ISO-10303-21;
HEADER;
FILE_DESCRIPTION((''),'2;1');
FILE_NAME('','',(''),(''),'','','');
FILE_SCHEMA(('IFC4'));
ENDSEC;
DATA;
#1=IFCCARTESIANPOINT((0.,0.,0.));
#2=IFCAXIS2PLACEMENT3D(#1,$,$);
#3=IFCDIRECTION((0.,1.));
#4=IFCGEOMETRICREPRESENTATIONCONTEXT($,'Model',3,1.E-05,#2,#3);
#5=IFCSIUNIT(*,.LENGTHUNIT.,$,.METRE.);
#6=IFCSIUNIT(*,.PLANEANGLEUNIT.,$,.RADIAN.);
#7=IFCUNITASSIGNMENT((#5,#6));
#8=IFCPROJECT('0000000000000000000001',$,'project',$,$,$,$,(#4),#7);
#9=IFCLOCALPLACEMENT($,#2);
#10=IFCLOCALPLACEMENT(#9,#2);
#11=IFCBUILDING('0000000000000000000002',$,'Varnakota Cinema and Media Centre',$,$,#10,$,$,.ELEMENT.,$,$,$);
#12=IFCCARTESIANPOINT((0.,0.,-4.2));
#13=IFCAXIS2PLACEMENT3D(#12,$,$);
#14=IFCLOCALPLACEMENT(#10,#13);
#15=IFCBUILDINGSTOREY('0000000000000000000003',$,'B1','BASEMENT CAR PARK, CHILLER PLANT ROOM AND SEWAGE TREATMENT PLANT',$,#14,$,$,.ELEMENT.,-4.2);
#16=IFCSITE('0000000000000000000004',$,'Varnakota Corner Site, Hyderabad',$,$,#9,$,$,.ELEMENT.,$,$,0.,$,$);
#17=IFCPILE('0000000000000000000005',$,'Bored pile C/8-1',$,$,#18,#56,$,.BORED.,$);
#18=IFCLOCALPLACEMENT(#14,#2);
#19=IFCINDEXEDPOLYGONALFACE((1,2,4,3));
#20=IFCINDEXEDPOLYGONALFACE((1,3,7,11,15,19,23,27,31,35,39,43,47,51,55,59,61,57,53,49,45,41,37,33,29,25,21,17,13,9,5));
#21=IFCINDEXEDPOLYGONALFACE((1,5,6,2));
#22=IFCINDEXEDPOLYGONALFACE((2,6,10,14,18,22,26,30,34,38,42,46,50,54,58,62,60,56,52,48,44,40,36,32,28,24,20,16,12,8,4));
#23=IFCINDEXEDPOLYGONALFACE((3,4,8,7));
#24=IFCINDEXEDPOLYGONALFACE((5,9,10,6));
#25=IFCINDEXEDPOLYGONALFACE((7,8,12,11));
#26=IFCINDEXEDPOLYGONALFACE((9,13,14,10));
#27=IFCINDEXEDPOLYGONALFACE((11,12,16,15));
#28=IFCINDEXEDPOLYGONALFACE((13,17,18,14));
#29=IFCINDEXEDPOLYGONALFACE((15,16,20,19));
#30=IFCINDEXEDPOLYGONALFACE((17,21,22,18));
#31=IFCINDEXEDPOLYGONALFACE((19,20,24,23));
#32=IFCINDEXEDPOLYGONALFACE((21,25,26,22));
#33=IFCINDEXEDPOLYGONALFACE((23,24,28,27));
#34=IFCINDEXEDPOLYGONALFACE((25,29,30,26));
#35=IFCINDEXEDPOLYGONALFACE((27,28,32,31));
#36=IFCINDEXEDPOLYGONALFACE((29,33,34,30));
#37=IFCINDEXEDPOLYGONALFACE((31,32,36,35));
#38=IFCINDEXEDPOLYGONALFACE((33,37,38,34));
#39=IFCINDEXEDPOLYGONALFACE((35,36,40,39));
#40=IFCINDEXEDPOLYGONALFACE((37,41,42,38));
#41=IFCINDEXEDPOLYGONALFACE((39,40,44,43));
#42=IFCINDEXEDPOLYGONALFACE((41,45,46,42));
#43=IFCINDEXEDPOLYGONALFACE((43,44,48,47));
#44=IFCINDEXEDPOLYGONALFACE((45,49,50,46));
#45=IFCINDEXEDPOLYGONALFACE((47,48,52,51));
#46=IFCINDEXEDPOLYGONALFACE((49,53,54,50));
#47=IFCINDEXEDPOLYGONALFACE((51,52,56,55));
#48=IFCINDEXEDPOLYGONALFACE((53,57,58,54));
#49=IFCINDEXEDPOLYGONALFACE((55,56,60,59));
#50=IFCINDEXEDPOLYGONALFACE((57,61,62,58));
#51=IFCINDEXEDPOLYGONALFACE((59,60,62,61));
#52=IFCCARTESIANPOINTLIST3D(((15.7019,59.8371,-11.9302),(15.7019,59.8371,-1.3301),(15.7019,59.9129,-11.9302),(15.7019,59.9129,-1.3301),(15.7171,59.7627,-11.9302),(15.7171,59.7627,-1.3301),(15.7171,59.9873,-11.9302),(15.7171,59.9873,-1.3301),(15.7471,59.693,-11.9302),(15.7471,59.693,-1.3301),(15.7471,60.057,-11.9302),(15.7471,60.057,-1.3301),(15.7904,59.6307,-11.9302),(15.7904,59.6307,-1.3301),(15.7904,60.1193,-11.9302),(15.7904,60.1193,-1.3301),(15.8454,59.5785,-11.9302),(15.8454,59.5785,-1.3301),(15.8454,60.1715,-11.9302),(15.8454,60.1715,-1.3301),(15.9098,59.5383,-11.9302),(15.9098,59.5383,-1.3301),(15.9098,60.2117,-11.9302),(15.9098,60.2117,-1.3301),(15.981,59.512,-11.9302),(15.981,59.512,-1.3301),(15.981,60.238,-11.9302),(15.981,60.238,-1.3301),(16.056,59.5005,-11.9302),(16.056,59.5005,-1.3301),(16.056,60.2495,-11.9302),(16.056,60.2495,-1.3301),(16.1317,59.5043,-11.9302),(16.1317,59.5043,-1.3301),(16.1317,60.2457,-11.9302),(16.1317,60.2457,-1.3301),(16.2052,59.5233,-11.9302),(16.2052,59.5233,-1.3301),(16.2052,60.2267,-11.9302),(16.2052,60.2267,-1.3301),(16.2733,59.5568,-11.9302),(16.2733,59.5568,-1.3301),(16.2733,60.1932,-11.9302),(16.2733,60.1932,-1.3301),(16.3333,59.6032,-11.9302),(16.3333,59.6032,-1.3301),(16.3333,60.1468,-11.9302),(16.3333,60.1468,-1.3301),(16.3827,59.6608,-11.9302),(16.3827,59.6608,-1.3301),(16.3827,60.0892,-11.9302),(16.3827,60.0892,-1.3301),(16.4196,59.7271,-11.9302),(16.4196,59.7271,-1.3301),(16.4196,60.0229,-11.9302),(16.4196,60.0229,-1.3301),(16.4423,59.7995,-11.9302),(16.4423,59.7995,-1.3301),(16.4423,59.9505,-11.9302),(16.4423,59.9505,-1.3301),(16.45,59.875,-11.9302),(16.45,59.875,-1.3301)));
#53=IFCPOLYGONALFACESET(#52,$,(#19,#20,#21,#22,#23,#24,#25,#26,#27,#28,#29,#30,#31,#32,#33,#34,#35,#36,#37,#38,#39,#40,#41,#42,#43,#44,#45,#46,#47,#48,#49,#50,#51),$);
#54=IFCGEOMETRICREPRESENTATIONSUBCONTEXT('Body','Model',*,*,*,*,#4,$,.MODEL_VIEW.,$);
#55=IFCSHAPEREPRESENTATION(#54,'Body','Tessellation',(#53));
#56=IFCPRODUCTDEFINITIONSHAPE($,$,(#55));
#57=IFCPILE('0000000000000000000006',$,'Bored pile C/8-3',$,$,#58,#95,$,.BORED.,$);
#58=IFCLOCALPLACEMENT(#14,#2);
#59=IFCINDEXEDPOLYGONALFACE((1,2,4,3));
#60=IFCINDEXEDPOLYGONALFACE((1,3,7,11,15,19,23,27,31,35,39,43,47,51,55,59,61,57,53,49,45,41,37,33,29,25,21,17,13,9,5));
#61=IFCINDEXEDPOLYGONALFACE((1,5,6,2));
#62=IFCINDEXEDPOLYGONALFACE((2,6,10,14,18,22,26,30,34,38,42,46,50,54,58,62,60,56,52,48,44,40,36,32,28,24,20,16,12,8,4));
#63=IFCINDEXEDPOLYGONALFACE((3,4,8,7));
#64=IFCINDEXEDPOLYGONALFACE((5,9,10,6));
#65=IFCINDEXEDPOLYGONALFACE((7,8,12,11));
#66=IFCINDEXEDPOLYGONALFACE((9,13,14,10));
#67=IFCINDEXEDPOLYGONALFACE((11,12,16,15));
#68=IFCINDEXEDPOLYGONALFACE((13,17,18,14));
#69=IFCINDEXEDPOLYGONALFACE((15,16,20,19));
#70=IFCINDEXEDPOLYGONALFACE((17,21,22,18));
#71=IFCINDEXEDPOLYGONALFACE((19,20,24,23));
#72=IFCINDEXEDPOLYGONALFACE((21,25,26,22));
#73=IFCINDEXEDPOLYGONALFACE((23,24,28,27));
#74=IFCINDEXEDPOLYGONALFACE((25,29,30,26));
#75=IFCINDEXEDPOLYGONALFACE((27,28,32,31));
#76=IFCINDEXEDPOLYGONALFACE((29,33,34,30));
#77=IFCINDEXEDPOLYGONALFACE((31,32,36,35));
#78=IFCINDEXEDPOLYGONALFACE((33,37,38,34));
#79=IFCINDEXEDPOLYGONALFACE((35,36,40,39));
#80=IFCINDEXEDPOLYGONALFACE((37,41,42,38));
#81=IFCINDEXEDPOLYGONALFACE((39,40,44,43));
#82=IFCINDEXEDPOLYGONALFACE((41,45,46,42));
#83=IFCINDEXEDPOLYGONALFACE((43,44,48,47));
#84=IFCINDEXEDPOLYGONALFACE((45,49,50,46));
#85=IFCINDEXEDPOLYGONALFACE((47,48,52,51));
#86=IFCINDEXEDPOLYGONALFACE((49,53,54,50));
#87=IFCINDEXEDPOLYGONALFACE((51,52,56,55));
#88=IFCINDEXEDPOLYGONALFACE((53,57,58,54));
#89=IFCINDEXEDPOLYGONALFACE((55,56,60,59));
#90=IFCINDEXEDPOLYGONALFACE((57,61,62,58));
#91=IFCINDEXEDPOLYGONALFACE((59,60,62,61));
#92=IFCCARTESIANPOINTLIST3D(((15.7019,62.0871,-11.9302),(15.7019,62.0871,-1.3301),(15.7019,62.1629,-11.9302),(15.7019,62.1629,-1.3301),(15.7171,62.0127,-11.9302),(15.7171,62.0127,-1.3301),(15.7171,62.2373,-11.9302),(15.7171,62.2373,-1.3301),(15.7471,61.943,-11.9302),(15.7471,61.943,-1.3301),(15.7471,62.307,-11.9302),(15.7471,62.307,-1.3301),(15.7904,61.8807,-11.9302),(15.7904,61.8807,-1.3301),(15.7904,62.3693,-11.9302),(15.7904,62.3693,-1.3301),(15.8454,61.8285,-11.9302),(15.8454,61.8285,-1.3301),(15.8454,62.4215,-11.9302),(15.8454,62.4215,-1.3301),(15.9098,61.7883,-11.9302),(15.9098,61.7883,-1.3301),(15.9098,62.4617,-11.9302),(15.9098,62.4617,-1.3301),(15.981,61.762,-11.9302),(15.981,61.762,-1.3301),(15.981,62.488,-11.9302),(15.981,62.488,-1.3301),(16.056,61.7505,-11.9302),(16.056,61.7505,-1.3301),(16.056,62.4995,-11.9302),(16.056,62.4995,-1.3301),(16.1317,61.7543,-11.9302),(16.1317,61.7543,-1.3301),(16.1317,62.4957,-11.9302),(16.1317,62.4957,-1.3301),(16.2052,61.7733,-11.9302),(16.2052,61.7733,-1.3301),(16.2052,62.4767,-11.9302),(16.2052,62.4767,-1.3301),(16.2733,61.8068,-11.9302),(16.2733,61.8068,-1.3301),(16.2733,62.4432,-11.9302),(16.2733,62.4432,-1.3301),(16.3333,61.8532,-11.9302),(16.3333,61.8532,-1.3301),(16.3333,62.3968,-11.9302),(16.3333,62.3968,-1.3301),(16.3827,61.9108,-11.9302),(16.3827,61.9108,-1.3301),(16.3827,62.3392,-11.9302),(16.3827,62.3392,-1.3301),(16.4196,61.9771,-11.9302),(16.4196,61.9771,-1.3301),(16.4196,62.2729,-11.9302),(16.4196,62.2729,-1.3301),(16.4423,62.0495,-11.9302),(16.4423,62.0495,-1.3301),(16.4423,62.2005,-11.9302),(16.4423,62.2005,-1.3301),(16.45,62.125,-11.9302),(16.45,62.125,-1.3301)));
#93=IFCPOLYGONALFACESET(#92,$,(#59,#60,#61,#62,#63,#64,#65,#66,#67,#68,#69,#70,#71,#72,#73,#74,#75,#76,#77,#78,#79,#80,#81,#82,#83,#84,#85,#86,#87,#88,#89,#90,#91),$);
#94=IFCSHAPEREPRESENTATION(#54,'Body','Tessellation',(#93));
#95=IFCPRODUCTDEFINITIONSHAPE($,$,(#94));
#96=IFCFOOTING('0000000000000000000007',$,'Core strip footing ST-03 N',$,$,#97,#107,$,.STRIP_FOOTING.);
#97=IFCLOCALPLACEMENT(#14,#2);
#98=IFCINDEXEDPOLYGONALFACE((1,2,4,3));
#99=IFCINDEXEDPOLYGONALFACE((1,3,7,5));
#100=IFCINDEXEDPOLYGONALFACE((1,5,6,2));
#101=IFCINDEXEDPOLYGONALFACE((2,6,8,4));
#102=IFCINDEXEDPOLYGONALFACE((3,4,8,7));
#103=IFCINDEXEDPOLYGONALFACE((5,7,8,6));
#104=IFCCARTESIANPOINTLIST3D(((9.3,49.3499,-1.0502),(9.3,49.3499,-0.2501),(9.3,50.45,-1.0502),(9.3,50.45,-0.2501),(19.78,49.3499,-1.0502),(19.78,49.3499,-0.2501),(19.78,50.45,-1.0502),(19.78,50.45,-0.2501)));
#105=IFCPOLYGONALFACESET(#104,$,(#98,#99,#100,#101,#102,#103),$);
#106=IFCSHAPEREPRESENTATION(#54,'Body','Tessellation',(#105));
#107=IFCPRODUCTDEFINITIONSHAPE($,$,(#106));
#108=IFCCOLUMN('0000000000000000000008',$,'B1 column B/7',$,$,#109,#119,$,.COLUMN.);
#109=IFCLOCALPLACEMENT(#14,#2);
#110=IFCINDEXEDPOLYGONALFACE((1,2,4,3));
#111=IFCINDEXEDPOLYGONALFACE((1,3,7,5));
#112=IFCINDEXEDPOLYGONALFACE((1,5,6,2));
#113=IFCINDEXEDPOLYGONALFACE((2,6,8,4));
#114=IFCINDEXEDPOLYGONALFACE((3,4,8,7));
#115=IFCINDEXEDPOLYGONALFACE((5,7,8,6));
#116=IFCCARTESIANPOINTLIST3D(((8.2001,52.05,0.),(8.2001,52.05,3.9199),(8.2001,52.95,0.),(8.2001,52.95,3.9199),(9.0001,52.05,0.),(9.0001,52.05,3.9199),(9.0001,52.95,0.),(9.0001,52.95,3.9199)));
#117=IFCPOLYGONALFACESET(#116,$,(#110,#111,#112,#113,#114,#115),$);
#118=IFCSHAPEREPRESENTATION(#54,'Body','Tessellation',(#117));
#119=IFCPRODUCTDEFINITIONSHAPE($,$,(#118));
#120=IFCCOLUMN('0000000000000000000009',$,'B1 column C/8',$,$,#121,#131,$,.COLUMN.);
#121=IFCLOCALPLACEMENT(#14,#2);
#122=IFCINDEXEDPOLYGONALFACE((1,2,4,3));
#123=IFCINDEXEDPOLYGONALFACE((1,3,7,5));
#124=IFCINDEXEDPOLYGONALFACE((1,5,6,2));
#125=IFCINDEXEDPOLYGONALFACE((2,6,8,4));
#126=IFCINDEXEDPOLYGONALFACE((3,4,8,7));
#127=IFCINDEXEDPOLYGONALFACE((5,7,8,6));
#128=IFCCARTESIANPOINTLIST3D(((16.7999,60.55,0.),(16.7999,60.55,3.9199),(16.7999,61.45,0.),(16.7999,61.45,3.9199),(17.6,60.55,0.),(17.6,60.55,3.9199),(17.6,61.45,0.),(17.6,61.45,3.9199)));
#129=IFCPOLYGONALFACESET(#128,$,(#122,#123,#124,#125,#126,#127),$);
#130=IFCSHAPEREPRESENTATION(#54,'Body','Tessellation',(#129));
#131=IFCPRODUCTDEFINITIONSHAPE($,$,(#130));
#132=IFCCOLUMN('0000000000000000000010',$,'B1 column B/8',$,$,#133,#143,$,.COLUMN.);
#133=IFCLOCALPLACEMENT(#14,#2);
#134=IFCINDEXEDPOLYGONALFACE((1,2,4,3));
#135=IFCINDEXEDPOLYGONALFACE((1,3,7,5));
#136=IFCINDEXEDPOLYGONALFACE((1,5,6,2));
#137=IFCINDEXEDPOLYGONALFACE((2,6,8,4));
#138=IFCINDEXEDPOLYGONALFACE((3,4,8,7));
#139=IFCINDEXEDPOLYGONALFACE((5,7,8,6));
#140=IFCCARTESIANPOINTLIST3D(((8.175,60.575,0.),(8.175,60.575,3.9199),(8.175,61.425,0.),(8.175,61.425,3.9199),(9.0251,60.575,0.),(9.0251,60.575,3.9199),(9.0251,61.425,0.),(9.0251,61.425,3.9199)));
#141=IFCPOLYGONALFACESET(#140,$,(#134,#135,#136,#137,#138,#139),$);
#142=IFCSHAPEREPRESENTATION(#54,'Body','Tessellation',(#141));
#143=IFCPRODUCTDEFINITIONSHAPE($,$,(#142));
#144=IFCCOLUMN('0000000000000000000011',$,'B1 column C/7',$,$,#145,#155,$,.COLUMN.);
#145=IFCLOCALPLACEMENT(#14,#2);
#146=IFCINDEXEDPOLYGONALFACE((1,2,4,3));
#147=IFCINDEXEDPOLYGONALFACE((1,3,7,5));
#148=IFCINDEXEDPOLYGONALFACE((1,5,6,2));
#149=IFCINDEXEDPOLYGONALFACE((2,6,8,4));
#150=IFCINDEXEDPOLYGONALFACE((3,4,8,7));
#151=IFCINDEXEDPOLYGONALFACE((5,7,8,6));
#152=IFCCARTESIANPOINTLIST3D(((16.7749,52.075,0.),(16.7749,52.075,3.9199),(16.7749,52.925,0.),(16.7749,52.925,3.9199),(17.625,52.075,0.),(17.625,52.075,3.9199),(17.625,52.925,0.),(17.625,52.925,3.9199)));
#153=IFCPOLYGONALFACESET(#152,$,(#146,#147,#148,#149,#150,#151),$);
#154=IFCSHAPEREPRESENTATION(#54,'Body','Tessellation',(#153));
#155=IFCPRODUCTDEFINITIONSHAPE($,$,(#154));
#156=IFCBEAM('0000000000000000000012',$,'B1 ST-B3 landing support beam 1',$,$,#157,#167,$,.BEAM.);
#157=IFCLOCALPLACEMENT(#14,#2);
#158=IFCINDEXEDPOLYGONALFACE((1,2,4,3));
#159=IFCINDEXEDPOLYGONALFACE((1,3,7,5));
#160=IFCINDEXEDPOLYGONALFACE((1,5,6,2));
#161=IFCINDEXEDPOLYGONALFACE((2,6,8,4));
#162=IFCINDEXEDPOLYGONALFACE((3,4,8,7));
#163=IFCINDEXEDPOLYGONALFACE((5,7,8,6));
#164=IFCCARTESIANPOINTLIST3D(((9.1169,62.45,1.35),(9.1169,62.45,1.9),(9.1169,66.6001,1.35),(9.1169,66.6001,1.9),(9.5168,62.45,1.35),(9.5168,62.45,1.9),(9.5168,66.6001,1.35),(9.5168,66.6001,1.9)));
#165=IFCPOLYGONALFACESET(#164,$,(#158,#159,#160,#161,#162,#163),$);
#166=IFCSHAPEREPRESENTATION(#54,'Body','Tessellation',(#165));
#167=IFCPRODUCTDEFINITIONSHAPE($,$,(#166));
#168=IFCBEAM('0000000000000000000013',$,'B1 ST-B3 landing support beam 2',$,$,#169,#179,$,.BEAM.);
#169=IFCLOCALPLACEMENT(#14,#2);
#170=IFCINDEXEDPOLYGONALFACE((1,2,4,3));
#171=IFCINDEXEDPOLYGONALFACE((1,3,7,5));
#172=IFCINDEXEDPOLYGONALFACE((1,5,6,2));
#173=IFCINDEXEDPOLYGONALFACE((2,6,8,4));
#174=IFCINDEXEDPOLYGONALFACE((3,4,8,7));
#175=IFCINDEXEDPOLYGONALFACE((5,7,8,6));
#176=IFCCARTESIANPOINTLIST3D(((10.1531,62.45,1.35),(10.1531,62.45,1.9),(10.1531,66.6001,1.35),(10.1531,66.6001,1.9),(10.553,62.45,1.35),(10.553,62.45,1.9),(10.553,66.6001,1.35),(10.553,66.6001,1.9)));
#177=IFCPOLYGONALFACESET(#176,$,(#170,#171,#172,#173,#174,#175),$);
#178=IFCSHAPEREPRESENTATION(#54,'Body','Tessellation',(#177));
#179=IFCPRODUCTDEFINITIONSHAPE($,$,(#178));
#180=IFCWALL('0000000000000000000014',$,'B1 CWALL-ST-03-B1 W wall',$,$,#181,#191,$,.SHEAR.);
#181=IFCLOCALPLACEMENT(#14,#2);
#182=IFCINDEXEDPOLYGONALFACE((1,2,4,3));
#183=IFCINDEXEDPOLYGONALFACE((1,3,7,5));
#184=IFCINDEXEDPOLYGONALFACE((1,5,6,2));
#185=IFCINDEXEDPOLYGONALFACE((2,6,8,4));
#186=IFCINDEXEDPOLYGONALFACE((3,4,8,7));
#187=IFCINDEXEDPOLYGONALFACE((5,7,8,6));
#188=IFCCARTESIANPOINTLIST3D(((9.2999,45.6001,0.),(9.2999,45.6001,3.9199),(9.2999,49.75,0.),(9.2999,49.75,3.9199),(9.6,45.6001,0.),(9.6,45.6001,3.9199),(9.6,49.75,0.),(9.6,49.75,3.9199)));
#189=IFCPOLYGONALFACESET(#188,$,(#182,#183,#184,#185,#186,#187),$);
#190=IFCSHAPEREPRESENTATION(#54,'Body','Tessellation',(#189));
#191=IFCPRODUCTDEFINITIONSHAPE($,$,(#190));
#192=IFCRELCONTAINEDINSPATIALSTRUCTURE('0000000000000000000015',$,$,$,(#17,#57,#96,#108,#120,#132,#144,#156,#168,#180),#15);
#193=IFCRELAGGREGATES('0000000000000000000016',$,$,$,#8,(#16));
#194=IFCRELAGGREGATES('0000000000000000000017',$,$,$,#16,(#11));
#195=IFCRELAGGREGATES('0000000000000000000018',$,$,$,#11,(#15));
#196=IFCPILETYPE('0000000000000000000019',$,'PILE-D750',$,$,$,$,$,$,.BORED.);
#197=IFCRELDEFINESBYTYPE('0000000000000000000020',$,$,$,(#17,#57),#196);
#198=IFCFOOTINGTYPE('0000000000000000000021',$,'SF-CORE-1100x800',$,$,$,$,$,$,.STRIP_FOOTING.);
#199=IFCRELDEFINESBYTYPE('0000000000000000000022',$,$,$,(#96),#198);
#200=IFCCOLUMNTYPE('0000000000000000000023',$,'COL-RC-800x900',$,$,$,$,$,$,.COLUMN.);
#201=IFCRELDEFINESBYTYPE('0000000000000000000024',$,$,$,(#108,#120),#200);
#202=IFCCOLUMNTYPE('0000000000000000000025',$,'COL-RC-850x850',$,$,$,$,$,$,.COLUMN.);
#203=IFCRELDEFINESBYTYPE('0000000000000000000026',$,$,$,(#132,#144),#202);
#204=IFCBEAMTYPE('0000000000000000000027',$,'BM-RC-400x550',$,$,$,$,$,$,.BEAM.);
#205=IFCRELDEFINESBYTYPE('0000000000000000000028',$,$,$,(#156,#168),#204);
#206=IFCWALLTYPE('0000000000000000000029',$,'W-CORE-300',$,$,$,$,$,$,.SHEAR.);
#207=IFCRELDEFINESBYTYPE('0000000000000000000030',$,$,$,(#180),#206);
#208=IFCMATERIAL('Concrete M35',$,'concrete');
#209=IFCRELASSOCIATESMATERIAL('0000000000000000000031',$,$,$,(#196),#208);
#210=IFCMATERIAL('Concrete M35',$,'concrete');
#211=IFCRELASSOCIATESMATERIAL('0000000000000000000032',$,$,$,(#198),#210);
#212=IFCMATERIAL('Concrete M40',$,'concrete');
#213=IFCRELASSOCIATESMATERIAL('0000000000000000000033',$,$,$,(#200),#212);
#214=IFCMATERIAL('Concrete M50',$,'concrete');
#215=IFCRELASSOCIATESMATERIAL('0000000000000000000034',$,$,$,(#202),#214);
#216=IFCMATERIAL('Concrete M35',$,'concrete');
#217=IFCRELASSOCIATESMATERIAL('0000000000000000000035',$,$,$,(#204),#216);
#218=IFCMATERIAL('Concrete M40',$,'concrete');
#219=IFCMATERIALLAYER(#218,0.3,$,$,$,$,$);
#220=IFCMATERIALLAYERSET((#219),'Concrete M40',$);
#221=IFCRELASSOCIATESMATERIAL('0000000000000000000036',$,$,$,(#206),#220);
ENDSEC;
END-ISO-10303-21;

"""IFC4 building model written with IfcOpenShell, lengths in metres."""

from ifc_helpers import new_model, si_unit, direction, frame, frame_2d, origin, origin_2d, place, context, subcontext, project, spatial, rectangle, circle, extrude, material, layer, layer_set, material_profile, profile_set, type_object, element, save


model = new_model("IFC4")

# Units and contexts
model_context = context("Model", 3, precision=1e-05, world=origin(), true_north=direction((0.0, 1.0)))
body_context = subcontext(model_context, "Body", "Model", "MODEL_VIEW")
ifc_project = project(units=[si_unit("LENGTHUNIT", "METRE"), si_unit("PLANEANGLEUNIT", "RADIAN")], contexts=[model_context])

# Site, building, storey
site_placement = place(None, origin())
site = spatial("IfcSite", under=ifc_project, at=site_placement, Name="Varnakota Corner Site, Hyderabad", CompositionType="ELEMENT", RefElevation=0.0)
building_placement = place(site_placement, origin())
building = spatial("IfcBuilding", under=site, at=building_placement, Name="Varnakota Cinema and Media Centre", CompositionType="ELEMENT")
storey_placement = place(building_placement, frame((0.0, 0.0, -4.2)))
storey = spatial("IfcBuildingStorey", under=building, at=storey_placement, Name="B1", Description="BASEMENT CAR PARK, CHILLER PLANT ROOM AND SEWAGE TREATMENT PLANT", CompositionType="ELEMENT", Elevation=-4.2)

# Piles
ifc_material_1 = material(Name="Concrete M35", Category="concrete")
ifc_material_profile_1 = material_profile(ifc_material_1, circle(Radius=0.375, at=origin_2d()), Name="PILE D750")
ifc_profile_set_1 = profile_set([ifc_material_profile_1], Name="Concrete M35")
pile_type_1 = type_object("IfcPileType", Name="PILE-D750", PredefinedType="BORED", material=ifc_profile_set_1)
for number, where, z_axis, x_axis, name in (
    (1, (16.075, 59.875, -1.3301), (0.0, 0.0, -1.0), (1.0, 0.0, 0.0), "Bored pile C/8-1"),
    (2, (16.075, 62.125, -1.3301), (0.0, 0.0, -1.0), (1.0, 0.0, 0.0), "Bored pile C/8-3"),
):
    element("IfcPile", number, at=place(storey_placement, frame(where, z_axis=z_axis, x_axis=x_axis)), inside=storey, type_object=pile_type_1, Name=name, PredefinedType="BORED", context=body_context, shape_type="SweptSolid", body=[
        extrude(circle(Radius=0.375, at=origin_2d()), origin(), (0.0, 0.0, 1.0), 10.6001),
    ])

# Footing
ifc_material_2 = material(Name="Concrete M35", Category="concrete")
ifc_material_profile_2 = material_profile(ifc_material_2, rectangle(XDim=1.1001, YDim=0.8, at=origin_2d()), Name="SF 1100x800")
ifc_profile_set_2 = profile_set([ifc_material_profile_2], Name="Concrete M35")
footing_type_1 = type_object("IfcFootingType", Name="SF-CORE-1100x800", PredefinedType="STRIP_FOOTING", material=ifc_profile_set_2)
footing_1_placement = place(storey_placement, frame((9.3, 49.8999, -0.6501), z_axis=(1.0, 0.0, 0.0), x_axis=(0.0, 1.0, 0.0)))
element("IfcFooting", 3, at=footing_1_placement, inside=storey, type_object=footing_type_1, Name="Core strip footing ST-03 N", PredefinedType="STRIP_FOOTING", context=body_context, shape_type="SweptSolid", body=[
    extrude(rectangle(XDim=1.1001, YDim=0.8, at=origin_2d()), origin(), (0.0, 0.0, 1.0), 10.48),
])

# Columns
ifc_material_3 = material(Name="Concrete M40", Category="concrete")
ifc_material_profile_3 = material_profile(ifc_material_3, rectangle(XDim=0.8, YDim=0.8999, at=origin_2d()), Name="RC 800x900")
ifc_profile_set_3 = profile_set([ifc_material_profile_3], Name="Concrete M40")
column_type_1 = type_object("IfcColumnType", Name="COL-RC-800x900", PredefinedType="COLUMN", material=ifc_profile_set_3)
for number, where, z_axis, x_axis, name in (
    (4, (8.6001, 52.5, 0.0), (0.0, 0.0, 1.0), (1.0, 0.0, 0.0), "B1 column B/7"),
    (5, (17.2, 61.0, 0.0), (0.0, 0.0, 1.0), (1.0, 0.0, 0.0), "B1 column C/8"),
):
    element("IfcColumn", number, at=place(storey_placement, frame(where, z_axis=z_axis, x_axis=x_axis)), inside=storey, type_object=column_type_1, Name=name, PredefinedType="COLUMN", context=body_context, shape_type="SweptSolid", body=[
        extrude(rectangle(XDim=0.8, YDim=0.8999, at=origin_2d()), origin(), (0.0, 0.0, 1.0), 3.9199),
    ])
ifc_material_4 = material(Name="Concrete M50", Category="concrete")
ifc_material_profile_4 = material_profile(ifc_material_4, rectangle(XDim=0.8501, YDim=0.8501, at=origin_2d()), Name="RC 850x850")
ifc_profile_set_4 = profile_set([ifc_material_profile_4], Name="Concrete M50")
column_type_2 = type_object("IfcColumnType", Name="COL-RC-850x850", PredefinedType="COLUMN", material=ifc_profile_set_4)
for number, where, z_axis, x_axis, name in (
    (6, (8.6001, 61.0, 0.0), (0.0, 0.0, 1.0), (1.0, 0.0, 0.0), "B1 column B/8"),
    (7, (17.2, 52.5, 0.0), (0.0, 0.0, 1.0), (1.0, 0.0, 0.0), "B1 column C/7"),
):
    element("IfcColumn", number, at=place(storey_placement, frame(where, z_axis=z_axis, x_axis=x_axis)), inside=storey, type_object=column_type_2, Name=name, PredefinedType="COLUMN", context=body_context, shape_type="SweptSolid", body=[
        extrude(rectangle(XDim=0.8501, YDim=0.8501, at=origin_2d()), origin(), (0.0, 0.0, 1.0), 3.9199),
    ])

# Beams
ifc_material_5 = material(Name="Concrete M35", Category="concrete")
ifc_material_profile_5 = material_profile(ifc_material_5, rectangle(XDim=0.3999, YDim=0.55, at=origin_2d()), Name="RCB 400x550")
ifc_profile_set_5 = profile_set([ifc_material_profile_5], Name="Concrete M35")
beam_type = type_object("IfcBeamType", Name="BM-RC-400x550", PredefinedType="BEAM", material=ifc_profile_set_5)
for number, where, z_axis, x_axis, name in (
    (8, (9.3169, 62.45, 1.625), (0.0, 1.0, 0.0), (-1.0, 0.0, 0.0), "B1 ST-B3 landing support beam 1"),
    (9, (10.353, 62.45, 1.625), (0.0, 1.0, 0.0), (-1.0, 0.0, 0.0), "B1 ST-B3 landing support beam 2"),
):
    element("IfcBeam", number, at=place(storey_placement, frame(where, z_axis=z_axis, x_axis=x_axis)), inside=storey, type_object=beam_type, Name=name, PredefinedType="BEAM", context=body_context, shape_type="SweptSolid", body=[
        extrude(rectangle(XDim=0.3999, YDim=0.55, at=origin_2d()), origin(), (0.0, 0.0, 1.0), 4.1501),
    ])

# Wall
ifc_material_6 = material(Name="Concrete M40", Category="concrete")
ifc_layer = layer(ifc_material_6, 0.3)
ifc_layer_set = layer_set([ifc_layer], Name="Concrete M40")
wall_type = type_object("IfcWallType", Name="W-CORE-300", PredefinedType="SHEAR", material=ifc_layer_set)
wall_1_placement = place(storey_placement, frame((9.45, 45.6001, 0.0), z_axis=(0.0, 0.0, 1.0), x_axis=(0.0, 1.0, 0.0)))
element("IfcWall", 10, at=wall_1_placement, inside=storey, type_object=wall_type, Name="B1 CWALL-ST-03-B1 W wall", PredefinedType="SHEAR", context=body_context, shape_type="SweptSolid", body=[
    extrude(rectangle(XDim=4.1499, YDim=0.3, at=frame_2d((2.075, 0.0))), origin(), (0.0, 0.0, 1.0), 3.9199),
])

save(model, "model.ifc")
